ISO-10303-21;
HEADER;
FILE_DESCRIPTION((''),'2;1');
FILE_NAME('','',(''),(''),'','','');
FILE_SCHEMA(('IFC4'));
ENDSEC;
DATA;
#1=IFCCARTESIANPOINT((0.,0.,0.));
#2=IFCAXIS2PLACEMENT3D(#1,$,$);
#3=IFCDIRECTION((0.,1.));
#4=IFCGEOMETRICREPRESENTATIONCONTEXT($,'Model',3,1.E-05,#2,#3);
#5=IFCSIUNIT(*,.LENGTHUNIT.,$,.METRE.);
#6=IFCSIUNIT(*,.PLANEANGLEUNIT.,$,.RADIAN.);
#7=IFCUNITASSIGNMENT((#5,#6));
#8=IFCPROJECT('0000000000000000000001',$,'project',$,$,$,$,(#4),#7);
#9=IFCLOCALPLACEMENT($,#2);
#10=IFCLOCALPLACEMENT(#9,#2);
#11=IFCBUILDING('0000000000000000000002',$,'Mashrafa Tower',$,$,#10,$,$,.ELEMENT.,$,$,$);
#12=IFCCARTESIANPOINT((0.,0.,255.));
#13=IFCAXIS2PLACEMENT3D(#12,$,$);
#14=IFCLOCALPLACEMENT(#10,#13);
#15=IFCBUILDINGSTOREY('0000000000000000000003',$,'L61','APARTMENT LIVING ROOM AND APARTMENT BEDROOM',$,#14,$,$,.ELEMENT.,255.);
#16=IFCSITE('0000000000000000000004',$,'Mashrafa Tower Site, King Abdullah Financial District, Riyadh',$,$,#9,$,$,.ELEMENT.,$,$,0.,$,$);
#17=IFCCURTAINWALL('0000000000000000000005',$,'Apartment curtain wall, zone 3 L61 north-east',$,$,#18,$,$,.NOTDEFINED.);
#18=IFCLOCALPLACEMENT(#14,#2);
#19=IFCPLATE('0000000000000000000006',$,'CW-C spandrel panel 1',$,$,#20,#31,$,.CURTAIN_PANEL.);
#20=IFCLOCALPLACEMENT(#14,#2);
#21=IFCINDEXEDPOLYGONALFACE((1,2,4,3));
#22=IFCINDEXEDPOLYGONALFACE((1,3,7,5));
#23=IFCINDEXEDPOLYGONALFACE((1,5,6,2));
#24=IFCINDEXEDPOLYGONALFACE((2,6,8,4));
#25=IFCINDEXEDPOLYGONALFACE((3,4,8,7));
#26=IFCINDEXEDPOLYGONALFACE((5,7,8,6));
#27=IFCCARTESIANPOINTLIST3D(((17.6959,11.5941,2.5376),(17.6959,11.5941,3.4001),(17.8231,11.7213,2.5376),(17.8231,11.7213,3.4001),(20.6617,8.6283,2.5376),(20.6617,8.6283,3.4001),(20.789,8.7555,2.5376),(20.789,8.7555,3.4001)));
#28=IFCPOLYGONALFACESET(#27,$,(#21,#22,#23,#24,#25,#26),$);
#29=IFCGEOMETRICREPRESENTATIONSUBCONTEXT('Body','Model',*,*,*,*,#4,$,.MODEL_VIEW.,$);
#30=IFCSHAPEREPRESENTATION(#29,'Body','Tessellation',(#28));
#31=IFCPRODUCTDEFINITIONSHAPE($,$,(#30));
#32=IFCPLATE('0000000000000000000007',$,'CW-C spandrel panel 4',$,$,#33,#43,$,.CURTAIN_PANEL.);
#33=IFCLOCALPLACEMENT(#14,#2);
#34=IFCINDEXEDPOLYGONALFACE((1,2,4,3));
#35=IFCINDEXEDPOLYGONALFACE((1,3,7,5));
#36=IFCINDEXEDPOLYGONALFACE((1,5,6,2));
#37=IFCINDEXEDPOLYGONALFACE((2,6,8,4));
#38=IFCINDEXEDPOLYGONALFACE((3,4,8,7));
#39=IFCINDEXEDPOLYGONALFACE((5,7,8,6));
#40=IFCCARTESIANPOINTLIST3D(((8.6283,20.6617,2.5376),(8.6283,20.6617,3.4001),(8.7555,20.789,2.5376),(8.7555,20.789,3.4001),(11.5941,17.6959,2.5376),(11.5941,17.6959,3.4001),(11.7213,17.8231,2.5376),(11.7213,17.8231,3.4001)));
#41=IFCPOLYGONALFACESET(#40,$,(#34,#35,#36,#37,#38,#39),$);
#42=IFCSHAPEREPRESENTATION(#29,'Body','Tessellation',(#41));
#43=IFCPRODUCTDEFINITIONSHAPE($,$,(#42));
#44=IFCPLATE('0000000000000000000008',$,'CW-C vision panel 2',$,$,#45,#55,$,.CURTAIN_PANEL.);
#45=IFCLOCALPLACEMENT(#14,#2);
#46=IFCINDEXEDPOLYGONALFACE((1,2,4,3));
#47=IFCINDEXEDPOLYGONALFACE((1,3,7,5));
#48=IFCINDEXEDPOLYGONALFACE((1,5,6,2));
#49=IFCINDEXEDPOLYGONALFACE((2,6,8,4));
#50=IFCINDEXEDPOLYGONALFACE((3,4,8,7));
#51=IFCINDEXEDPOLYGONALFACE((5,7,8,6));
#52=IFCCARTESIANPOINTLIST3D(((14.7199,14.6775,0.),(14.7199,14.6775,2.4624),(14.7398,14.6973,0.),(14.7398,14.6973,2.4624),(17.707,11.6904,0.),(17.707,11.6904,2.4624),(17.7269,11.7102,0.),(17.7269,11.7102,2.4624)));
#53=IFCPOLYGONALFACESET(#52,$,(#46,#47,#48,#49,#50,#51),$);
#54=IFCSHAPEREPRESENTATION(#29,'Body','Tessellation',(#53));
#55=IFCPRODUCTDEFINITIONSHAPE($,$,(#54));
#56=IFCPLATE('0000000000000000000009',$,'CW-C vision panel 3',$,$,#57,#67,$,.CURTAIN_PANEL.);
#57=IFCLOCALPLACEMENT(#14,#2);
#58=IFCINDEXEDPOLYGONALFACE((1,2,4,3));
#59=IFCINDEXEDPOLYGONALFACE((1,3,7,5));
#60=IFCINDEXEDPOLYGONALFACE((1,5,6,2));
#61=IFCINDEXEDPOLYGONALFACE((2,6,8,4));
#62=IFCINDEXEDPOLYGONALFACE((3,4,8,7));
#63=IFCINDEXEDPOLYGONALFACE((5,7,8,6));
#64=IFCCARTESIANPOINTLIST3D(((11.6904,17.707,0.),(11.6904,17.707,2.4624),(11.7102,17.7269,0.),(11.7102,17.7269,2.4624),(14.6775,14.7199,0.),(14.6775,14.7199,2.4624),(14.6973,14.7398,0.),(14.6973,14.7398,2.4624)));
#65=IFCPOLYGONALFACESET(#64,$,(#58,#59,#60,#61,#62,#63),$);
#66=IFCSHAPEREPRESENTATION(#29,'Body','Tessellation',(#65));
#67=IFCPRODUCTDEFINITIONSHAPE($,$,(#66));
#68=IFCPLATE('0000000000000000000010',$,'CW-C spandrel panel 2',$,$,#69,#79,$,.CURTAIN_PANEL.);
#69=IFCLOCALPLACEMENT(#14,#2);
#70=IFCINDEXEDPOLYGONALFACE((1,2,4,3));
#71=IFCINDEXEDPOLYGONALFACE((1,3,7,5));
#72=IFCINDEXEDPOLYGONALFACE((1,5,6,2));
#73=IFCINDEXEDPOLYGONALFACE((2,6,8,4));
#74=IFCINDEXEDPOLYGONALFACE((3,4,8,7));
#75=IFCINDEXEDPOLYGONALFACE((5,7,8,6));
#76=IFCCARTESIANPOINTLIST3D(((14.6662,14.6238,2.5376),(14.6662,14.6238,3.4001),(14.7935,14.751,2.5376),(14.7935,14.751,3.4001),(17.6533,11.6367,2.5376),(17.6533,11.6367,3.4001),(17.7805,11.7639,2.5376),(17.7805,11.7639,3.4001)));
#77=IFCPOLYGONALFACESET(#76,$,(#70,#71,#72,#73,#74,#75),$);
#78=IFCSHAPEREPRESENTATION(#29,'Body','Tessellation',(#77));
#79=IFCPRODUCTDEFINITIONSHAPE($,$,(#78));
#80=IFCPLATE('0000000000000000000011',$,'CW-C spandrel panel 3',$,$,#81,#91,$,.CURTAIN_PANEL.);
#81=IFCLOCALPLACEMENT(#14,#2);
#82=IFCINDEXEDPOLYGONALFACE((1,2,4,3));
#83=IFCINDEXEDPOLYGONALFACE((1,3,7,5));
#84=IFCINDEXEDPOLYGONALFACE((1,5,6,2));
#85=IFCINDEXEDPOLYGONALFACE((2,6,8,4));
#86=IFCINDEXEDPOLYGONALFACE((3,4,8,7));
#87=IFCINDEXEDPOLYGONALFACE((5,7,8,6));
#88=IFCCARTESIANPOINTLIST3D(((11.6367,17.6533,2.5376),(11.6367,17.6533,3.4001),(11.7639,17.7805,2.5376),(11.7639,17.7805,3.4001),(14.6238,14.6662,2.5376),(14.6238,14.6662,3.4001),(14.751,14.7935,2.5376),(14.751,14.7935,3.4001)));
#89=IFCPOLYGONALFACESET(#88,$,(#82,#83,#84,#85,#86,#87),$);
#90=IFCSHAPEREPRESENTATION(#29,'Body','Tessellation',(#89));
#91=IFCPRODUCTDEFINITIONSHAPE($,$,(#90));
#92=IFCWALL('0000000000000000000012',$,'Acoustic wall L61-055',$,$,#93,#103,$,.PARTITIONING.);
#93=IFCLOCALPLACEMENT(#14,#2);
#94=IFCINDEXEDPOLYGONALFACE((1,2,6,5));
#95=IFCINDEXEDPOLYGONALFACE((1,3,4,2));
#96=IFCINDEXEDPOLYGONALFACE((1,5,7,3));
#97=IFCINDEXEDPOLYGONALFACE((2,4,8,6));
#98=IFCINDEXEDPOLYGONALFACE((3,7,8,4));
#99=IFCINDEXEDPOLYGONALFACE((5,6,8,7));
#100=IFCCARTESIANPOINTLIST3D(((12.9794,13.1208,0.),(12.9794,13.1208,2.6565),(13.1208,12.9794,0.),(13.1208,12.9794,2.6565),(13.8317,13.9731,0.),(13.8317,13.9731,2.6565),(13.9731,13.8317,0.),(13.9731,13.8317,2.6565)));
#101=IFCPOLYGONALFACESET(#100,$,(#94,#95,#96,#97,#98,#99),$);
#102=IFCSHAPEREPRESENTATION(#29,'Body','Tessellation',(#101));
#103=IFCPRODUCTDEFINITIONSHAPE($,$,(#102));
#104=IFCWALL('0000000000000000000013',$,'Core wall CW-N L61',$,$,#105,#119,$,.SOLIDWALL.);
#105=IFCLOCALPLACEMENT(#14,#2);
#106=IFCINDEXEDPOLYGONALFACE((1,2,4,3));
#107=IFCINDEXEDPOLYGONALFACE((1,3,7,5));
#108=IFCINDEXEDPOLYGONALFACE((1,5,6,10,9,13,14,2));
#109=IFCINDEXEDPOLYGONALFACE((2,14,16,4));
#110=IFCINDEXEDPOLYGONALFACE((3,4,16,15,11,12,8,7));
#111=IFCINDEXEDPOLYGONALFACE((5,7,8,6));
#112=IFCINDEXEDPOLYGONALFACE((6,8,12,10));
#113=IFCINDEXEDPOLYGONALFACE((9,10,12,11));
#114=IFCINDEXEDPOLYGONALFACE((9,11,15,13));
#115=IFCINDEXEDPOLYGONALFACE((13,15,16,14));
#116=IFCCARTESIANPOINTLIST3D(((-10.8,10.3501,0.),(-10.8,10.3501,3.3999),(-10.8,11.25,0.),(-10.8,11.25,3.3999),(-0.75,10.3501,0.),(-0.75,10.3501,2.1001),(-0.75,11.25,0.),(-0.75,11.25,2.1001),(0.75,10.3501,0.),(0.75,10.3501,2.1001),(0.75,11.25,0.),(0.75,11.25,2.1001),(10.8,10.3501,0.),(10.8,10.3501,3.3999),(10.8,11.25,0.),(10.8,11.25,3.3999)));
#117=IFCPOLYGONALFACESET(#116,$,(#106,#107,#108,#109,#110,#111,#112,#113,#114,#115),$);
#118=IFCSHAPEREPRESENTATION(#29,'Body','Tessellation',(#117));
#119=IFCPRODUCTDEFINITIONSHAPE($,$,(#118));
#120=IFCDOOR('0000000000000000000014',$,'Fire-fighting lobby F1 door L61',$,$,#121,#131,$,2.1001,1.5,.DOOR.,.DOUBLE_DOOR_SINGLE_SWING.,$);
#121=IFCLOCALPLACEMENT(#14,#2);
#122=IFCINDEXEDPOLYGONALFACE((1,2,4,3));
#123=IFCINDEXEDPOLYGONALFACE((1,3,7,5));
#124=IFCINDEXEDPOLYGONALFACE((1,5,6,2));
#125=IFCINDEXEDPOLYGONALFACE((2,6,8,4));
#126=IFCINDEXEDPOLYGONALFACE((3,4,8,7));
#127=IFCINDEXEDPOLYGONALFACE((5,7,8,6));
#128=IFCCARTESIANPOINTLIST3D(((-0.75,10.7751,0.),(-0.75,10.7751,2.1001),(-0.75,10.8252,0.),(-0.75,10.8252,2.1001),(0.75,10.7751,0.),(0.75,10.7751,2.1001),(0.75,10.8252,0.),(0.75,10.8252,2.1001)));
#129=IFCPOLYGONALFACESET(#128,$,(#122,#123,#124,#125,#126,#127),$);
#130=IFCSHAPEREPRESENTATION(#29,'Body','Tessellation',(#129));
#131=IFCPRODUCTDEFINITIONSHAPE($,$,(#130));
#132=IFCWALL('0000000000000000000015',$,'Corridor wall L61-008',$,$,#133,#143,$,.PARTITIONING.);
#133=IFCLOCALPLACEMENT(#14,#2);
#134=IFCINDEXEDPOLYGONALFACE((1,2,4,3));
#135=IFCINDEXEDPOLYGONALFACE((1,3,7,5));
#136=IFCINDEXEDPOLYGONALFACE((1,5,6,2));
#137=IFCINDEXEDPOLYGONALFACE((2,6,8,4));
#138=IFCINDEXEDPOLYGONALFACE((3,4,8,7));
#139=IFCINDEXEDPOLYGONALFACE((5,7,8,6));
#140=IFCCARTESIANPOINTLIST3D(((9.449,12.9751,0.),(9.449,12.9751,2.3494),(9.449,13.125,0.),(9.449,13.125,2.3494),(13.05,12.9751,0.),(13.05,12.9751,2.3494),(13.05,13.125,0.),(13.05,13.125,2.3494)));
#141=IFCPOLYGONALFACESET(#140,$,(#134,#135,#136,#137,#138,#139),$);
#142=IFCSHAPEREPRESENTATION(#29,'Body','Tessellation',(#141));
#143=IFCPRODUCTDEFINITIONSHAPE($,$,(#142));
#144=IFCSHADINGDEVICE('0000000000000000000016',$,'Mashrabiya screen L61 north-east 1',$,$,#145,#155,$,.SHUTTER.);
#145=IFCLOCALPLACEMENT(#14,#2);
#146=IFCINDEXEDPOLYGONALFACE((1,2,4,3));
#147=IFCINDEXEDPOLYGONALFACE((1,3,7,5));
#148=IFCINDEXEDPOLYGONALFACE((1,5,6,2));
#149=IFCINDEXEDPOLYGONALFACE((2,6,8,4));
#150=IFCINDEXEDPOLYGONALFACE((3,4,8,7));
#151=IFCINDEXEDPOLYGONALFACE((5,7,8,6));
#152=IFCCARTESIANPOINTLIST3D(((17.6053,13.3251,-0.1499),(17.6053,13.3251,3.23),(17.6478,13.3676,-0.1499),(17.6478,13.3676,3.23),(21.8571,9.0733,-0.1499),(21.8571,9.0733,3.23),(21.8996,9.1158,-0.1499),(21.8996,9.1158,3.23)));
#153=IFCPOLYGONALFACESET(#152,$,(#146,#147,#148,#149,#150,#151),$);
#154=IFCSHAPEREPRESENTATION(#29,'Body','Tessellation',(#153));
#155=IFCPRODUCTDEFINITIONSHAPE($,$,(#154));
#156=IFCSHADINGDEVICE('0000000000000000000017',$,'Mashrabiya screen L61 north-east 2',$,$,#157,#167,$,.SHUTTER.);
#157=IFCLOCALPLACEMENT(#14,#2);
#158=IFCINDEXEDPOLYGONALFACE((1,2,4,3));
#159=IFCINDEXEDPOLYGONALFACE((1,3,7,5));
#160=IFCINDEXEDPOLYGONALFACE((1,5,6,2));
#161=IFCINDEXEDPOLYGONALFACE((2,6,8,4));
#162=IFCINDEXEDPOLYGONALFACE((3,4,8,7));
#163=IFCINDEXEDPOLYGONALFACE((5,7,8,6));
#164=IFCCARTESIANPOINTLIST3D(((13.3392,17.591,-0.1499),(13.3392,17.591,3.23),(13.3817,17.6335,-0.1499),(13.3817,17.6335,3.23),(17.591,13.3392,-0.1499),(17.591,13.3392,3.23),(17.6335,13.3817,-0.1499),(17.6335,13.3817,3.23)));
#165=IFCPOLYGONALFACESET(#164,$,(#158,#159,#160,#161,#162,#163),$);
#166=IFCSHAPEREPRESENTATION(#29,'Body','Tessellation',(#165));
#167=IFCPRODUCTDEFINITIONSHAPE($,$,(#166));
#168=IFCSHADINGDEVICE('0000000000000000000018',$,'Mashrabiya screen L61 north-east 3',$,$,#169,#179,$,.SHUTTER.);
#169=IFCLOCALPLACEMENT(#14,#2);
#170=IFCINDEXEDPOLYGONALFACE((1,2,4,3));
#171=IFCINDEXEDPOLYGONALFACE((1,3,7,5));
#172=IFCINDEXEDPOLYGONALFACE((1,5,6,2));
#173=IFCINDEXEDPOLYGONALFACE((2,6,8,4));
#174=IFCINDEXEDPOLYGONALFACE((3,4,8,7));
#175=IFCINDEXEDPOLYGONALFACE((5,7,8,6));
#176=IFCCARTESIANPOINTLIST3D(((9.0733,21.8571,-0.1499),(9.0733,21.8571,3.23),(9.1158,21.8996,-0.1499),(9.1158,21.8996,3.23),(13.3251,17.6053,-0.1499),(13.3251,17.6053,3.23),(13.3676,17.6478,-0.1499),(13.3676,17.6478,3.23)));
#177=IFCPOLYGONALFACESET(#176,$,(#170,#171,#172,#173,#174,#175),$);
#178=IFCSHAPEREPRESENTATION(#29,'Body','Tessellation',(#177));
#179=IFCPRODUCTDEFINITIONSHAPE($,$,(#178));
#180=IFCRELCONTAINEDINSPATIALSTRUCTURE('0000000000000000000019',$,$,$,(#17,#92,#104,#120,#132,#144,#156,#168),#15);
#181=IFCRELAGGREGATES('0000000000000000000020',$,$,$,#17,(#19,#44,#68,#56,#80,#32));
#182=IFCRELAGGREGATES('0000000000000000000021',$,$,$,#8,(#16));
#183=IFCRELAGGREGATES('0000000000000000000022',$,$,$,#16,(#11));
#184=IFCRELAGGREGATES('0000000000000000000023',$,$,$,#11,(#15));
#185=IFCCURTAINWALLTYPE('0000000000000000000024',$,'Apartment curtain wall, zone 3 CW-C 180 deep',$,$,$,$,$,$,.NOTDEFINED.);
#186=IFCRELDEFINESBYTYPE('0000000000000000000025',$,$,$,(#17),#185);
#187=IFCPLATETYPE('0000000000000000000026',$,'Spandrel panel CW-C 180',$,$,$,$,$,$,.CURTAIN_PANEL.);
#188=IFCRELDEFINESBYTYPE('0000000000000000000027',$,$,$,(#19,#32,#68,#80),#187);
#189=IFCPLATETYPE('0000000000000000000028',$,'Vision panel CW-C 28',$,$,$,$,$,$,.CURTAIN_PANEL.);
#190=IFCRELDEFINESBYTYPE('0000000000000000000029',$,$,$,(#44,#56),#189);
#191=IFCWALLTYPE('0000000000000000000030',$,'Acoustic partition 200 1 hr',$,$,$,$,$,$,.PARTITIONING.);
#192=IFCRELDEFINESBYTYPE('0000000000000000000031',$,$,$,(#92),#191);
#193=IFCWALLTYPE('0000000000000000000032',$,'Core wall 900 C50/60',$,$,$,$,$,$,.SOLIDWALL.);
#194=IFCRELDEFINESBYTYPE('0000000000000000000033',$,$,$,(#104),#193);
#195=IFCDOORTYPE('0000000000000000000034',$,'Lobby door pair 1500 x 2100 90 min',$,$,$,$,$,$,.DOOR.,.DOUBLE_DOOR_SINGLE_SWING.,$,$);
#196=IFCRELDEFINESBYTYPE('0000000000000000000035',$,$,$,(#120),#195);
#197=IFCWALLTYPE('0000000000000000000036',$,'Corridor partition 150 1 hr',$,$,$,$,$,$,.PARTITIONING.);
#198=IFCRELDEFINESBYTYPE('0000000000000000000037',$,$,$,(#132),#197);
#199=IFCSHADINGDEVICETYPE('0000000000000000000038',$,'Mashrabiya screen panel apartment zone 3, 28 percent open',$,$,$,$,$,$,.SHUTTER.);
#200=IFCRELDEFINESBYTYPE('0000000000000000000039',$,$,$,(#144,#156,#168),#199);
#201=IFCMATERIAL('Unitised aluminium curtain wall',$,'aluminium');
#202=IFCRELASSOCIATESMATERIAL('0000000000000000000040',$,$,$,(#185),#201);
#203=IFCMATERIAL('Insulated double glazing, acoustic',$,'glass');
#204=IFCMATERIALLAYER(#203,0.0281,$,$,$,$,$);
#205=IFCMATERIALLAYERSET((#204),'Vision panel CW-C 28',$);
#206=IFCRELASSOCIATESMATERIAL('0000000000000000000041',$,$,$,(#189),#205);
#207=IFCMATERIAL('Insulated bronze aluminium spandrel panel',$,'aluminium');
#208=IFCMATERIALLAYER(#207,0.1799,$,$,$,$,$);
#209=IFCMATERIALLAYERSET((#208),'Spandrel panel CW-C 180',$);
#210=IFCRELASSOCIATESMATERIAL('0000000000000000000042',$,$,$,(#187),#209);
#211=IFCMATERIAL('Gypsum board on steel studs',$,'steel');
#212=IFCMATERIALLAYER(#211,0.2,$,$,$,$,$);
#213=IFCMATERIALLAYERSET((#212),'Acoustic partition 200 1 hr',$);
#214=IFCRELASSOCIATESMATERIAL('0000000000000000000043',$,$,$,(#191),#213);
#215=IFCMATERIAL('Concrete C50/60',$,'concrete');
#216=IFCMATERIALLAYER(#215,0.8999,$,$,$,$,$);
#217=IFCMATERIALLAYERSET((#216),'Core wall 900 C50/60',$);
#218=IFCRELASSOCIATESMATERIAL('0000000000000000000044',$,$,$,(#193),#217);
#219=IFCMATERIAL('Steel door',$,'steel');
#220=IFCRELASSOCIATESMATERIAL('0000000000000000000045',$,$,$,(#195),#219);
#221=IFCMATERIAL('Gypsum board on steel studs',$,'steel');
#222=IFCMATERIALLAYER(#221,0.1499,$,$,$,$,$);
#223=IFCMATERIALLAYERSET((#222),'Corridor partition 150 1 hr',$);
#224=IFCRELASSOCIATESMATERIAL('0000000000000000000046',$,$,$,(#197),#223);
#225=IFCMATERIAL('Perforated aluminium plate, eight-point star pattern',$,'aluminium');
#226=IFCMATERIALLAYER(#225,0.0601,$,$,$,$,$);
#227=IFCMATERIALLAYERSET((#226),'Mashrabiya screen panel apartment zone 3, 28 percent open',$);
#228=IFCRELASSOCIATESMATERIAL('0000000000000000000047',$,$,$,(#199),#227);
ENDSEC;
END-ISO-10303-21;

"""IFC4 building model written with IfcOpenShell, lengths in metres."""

from ifc_helpers import new_model, si_unit, direction, frame, frame_2d, origin, origin_2d, place, context, subcontext, project, spatial, rectangle, extrude, source, transform, mapped, material, layer, layer_set, type_object, type_shapes, element, fill, aggregate, save


model = new_model("IFC4")

# Units and contexts
model_context = context("Model", 3, precision=1e-05, world=origin(), true_north=direction((0.0, 1.0)))
body_context = subcontext(model_context, "Body", "Model", "MODEL_VIEW")
ifc_project = project(units=[si_unit("LENGTHUNIT", "METRE"), si_unit("PLANEANGLEUNIT", "RADIAN")], contexts=[model_context])

# Site, building, storey
site_placement = place(None, origin())
site = spatial("IfcSite", under=ifc_project, at=site_placement, Name="Mashrafa Tower Site, King Abdullah Financial District, Riyadh", CompositionType="ELEMENT", RefElevation=0.0)
building_placement = place(site_placement, origin())
building = spatial("IfcBuilding", under=site, at=building_placement, Name="Mashrafa Tower", CompositionType="ELEMENT")
storey_placement = place(building_placement, frame((0.0, 0.0, 255.0)))
storey = spatial("IfcBuildingStorey", under=building, at=storey_placement, Name="L61", Description="APARTMENT LIVING ROOM AND APARTMENT BEDROOM", CompositionType="ELEMENT", Elevation=255.0)

# Curtain wall, plates
ifc_material_1 = material(Name="Unitised aluminium curtain wall", Category="aluminium")
curtain_wall_type = type_object("IfcCurtainWallType", Name="Apartment curtain wall, zone 3 CW-C 180 deep", PredefinedType="NOTDEFINED", material=ifc_material_1)
curtain_wall_placement = place(storey_placement, origin())
curtain_wall = element("IfcCurtainWall", 1, at=curtain_wall_placement, inside=storey, type_object=curtain_wall_type, Name="Apartment curtain wall, zone 3 L61 north-east", PredefinedType="NOTDEFINED")
ifc_material_2 = material(Name="Insulated double glazing, acoustic", Category="glass")
ifc_layer_1 = layer(ifc_material_2, 0.0281)
ifc_layer_set_1 = layer_set([ifc_layer_1], Name="Vision panel CW-C 28")
plate_type_1 = type_object("IfcPlateType", Name="Vision panel CW-C 28", PredefinedType="CURTAIN_PANEL", material=ifc_layer_set_1)
ifc_material_3 = material(Name="Insulated bronze aluminium spandrel panel", Category="aluminium")
ifc_layer_2 = layer(ifc_material_3, 0.1799)
ifc_layer_set_2 = layer_set([ifc_layer_2], Name="Spandrel panel CW-C 180")
plate_type_2 = type_object("IfcPlateType", Name="Spandrel panel CW-C 180", PredefinedType="CURTAIN_PANEL", material=ifc_layer_set_2)
shared_shape_1 = source(origin(), body_context, "Body", "SweptSolid", [
    extrude(rectangle(XDim=4.1943, YDim=0.1799, at=origin_2d()), origin(), (0.0, 0.0, 1.0), 0.8625),
])
plate_1_placement = place(storey_placement, frame((19.2424, 10.1748, 2.5376), z_axis=(0.0, 0.0, 1.0), x_axis=(-0.707107, 0.707107, 0.0)))
plate_1 = element("IfcPlate", 2, at=plate_1_placement, type_object=plate_type_2, Name="CW-C spandrel panel 1", PredefinedType="CURTAIN_PANEL", context=body_context, shape_type="MappedRepresentation", body=[
    mapped(shared_shape_1, transform((0.0, 0.0, 0.0))),
])
plate_2_placement = place(storey_placement, frame((10.1748, 19.2424, 2.5376), z_axis=(0.0, 0.0, 1.0), x_axis=(-0.707107, 0.707107, 0.0)))
plate_2 = element("IfcPlate", 3, at=plate_2_placement, type_object=plate_type_2, Name="CW-C spandrel panel 4", PredefinedType="CURTAIN_PANEL", context=body_context, shape_type="MappedRepresentation", body=[
    mapped(shared_shape_1, transform((0.0, 0.0, 0.0))),
])
shared_shape_2 = source(origin(), body_context, "Body", "SweptSolid", [
    extrude(rectangle(XDim=4.2244, YDim=0.0281, at=origin_2d()), origin(), (0.0, 0.0, 1.0), 2.4624),
])
plate_3_placement = place(storey_placement, frame((16.2234, 13.1938, 0.0), z_axis=(0.0, 0.0, 1.0), x_axis=(-0.707107, 0.707107, 0.0)))
plate_3 = element("IfcPlate", 4, at=plate_3_placement, type_object=plate_type_1, Name="CW-C vision panel 2", PredefinedType="CURTAIN_PANEL", context=body_context, shape_type="MappedRepresentation", body=[
    mapped(shared_shape_2, transform((0.0, 0.0, 0.0))),
])
plate_4_placement = place(storey_placement, frame((13.1938, 16.2234, 0.0), z_axis=(0.0, 0.0, 1.0), x_axis=(-0.707107, 0.707107, 0.0)))
plate_4 = element("IfcPlate", 5, at=plate_4_placement, type_object=plate_type_1, Name="CW-C vision panel 3", PredefinedType="CURTAIN_PANEL", context=body_context, shape_type="MappedRepresentation", body=[
    mapped(shared_shape_2, transform((0.0, 0.0, 0.0))),
])
shared_shape_3 = source(origin(), body_context, "Body", "SweptSolid", [
    extrude(rectangle(XDim=4.2244, YDim=0.1799, at=origin_2d()), origin(), (0.0, 0.0, 1.0), 0.8625),
])
type_shapes(plate_type_2, [shared_shape_1, shared_shape_3])
plate_5_placement = place(storey_placement, frame((16.2234, 13.1938, 2.5376), z_axis=(0.0, 0.0, 1.0), x_axis=(-0.707107, 0.707107, 0.0)))
plate_5 = element("IfcPlate", 6, at=plate_5_placement, type_object=plate_type_2, Name="CW-C spandrel panel 2", PredefinedType="CURTAIN_PANEL", context=body_context, shape_type="MappedRepresentation", body=[
    mapped(shared_shape_3, transform((0.0, 0.0, 0.0))),
])
plate_6_placement = place(storey_placement, frame((13.1938, 16.2234, 2.5376), z_axis=(0.0, 0.0, 1.0), x_axis=(-0.707107, 0.707107, 0.0)))
plate_6 = element("IfcPlate", 7, at=plate_6_placement, type_object=plate_type_2, Name="CW-C spandrel panel 3", PredefinedType="CURTAIN_PANEL", context=body_context, shape_type="MappedRepresentation", body=[
    mapped(shared_shape_3, transform((0.0, 0.0, 0.0))),
])
aggregate(curtain_wall, [plate_1, plate_3, plate_5, plate_4, plate_6, plate_2])

# Wall
ifc_material_4 = material(Name="Gypsum board on steel studs", Category="steel")
ifc_layer_3 = layer(ifc_material_4, 0.2)
ifc_layer_set_3 = layer_set([ifc_layer_3], Name="Acoustic partition 200 1 hr")
wall_type_1 = type_object("IfcWallType", Name="Acoustic partition 200 1 hr", PredefinedType="PARTITIONING", material=ifc_layer_set_3)
wall_1_placement = place(storey_placement, frame((13.9023, 13.9023, 0.0), z_axis=(0.0, 0.0, 1.0), x_axis=(-0.707107, -0.707107, 0.0)))
element("IfcWall", 8, at=wall_1_placement, inside=storey, type_object=wall_type_1, Name="Acoustic wall L61-055", PredefinedType="PARTITIONING", context=body_context, shape_type="SweptSolid", body=[
    extrude(rectangle(XDim=1.2053, YDim=0.2, at=frame_2d((0.6025, 0.0))), origin(), (0.0, 0.0, 1.0), 2.6565),
])

# Wall, opening, door
ifc_material_5 = material(Name="Concrete C50/60", Category="concrete")
ifc_layer_4 = layer(ifc_material_5, 0.8999)
ifc_layer_set_4 = layer_set([ifc_layer_4], Name="Core wall 900 C50/60")
wall_type_2 = type_object("IfcWallType", Name="Core wall 900 C50/60", PredefinedType="SOLIDWALL", material=ifc_layer_set_4)
wall_2_placement = place(storey_placement, frame((10.8, 10.8, 0.0), z_axis=(0.0, 0.0, 1.0), x_axis=(-1.0, 0.0, 0.0)))
wall_2 = element("IfcWall", 9, at=wall_2_placement, inside=storey, type_object=wall_type_2, Name="Core wall CW-N L61", PredefinedType="SOLIDWALL", context=body_context, shape_type="SweptSolid", body=[
    extrude(rectangle(XDim=21.6001, YDim=0.8999, at=frame_2d((10.8, 0.0))), origin(), (0.0, 0.0, 1.0), 3.3999),
])
opening_placement = place(wall_2_placement, frame((10.05, 0.0, 0.0)))
opening = element("IfcOpeningElement", 10, at=opening_placement, cuts=wall_2, PredefinedType="OPENING", context=body_context, shape_type="SweptSolid", body=[
    extrude(rectangle(XDim=1.5, YDim=2.1001, at=frame_2d((0.75, 1.05))), frame((0.0, 0.46, 0.0), z_axis=(0.0, -1.0, 0.0), x_axis=(1.0, 0.0, 0.0)), (0.0, 0.0, 1.0), 0.9199),
])
ifc_material_6 = material(Name="Steel door", Category="steel")
door_type = type_object("IfcDoorType", Name="Lobby door pair 1500 x 2100 90 min", OperationType="DOUBLE_DOOR_SINGLE_SWING", PredefinedType="DOOR", material=ifc_material_6)
door_placement = place(opening_placement, origin())
door = element("IfcDoor", 11, at=door_placement, inside=storey, type_object=door_type, Name="Fire-fighting lobby F1 door L61", OperationType="DOUBLE_DOOR_SINGLE_SWING", OverallHeight=2.1001, OverallWidth=1.5, PredefinedType="DOOR", context=body_context, shape_type="SweptSolid", body=[
    extrude(rectangle(XDim=1.5, YDim=2.1001, at=frame_2d((0.75, 1.05))), frame((0.0, 0.0249, 0.0), z_axis=(0.0, -1.0, 0.0), x_axis=(1.0, 0.0, 0.0)), (0.0, 0.0, 1.0), 0.05),
])
fill(opening, door)

# Wall
ifc_material_7 = material(Name="Gypsum board on steel studs", Category="steel")
ifc_layer_5 = layer(ifc_material_7, 0.1499)
ifc_layer_set_5 = layer_set([ifc_layer_5], Name="Corridor partition 150 1 hr")
wall_type_3 = type_object("IfcWallType", Name="Corridor partition 150 1 hr", PredefinedType="PARTITIONING", material=ifc_layer_set_5)
wall_3_placement = place(storey_placement, frame((13.05, 13.05, 0.0), z_axis=(0.0, 0.0, 1.0), x_axis=(-1.0, 0.0, 0.0)))
element("IfcWall", 12, at=wall_3_placement, inside=storey, type_object=wall_type_3, Name="Corridor wall L61-008", PredefinedType="PARTITIONING", context=body_context, shape_type="SweptSolid", body=[
    extrude(rectangle(XDim=3.6011, YDim=0.1499, at=frame_2d((1.8005, 0.0))), origin(), (0.0, 0.0, 1.0), 2.3494),
])

# Shading devices
ifc_material_8 = material(Name="Perforated aluminium plate, eight-point star pattern", Category="aluminium")
ifc_layer_6 = layer(ifc_material_8, 0.0601)
ifc_layer_set_6 = layer_set([ifc_layer_6], Name="Mashrabiya screen panel apartment zone 3, 28 percent open")
shading_device_type = type_object("IfcShadingDeviceType", Name="Mashrabiya screen panel apartment zone 3, 28 percent open", PredefinedType="SHUTTER", material=ifc_layer_set_6)
shared_shape_4 = source(origin(), body_context, "Body", "SweptSolid", [
    extrude(rectangle(XDim=6.0129, YDim=0.0601, at=origin_2d()), origin(), (0.0, 0.0, 1.0), 3.3799),
])
type_shapes(shading_device_type, [shared_shape_4])
for number, where, z_axis, x_axis, name in (
    (13, (19.7524, 11.2205, -0.1499), (0.0, 0.0, 1.0), (-0.707107, 0.707107, 0.0), "Mashrabiya screen L61 north-east 1"),
    (14, (15.4863, 15.4863, -0.1499), (0.0, 0.0, 1.0), (-0.707107, 0.707107, 0.0), "Mashrabiya screen L61 north-east 2"),
    (15, (11.2205, 19.7524, -0.1499), (0.0, 0.0, 1.0), (-0.707107, 0.707107, 0.0), "Mashrabiya screen L61 north-east 3"),
):
    element("IfcShadingDevice", number, at=place(storey_placement, frame(where, z_axis=z_axis, x_axis=x_axis)), inside=storey, type_object=shading_device_type, Name=name, PredefinedType="SHUTTER", context=body_context, shape_type="MappedRepresentation", body=[
        mapped(shared_shape_4, transform((0.0, 0.0, 0.0))),
    ])

save(model, "model.ifc")
